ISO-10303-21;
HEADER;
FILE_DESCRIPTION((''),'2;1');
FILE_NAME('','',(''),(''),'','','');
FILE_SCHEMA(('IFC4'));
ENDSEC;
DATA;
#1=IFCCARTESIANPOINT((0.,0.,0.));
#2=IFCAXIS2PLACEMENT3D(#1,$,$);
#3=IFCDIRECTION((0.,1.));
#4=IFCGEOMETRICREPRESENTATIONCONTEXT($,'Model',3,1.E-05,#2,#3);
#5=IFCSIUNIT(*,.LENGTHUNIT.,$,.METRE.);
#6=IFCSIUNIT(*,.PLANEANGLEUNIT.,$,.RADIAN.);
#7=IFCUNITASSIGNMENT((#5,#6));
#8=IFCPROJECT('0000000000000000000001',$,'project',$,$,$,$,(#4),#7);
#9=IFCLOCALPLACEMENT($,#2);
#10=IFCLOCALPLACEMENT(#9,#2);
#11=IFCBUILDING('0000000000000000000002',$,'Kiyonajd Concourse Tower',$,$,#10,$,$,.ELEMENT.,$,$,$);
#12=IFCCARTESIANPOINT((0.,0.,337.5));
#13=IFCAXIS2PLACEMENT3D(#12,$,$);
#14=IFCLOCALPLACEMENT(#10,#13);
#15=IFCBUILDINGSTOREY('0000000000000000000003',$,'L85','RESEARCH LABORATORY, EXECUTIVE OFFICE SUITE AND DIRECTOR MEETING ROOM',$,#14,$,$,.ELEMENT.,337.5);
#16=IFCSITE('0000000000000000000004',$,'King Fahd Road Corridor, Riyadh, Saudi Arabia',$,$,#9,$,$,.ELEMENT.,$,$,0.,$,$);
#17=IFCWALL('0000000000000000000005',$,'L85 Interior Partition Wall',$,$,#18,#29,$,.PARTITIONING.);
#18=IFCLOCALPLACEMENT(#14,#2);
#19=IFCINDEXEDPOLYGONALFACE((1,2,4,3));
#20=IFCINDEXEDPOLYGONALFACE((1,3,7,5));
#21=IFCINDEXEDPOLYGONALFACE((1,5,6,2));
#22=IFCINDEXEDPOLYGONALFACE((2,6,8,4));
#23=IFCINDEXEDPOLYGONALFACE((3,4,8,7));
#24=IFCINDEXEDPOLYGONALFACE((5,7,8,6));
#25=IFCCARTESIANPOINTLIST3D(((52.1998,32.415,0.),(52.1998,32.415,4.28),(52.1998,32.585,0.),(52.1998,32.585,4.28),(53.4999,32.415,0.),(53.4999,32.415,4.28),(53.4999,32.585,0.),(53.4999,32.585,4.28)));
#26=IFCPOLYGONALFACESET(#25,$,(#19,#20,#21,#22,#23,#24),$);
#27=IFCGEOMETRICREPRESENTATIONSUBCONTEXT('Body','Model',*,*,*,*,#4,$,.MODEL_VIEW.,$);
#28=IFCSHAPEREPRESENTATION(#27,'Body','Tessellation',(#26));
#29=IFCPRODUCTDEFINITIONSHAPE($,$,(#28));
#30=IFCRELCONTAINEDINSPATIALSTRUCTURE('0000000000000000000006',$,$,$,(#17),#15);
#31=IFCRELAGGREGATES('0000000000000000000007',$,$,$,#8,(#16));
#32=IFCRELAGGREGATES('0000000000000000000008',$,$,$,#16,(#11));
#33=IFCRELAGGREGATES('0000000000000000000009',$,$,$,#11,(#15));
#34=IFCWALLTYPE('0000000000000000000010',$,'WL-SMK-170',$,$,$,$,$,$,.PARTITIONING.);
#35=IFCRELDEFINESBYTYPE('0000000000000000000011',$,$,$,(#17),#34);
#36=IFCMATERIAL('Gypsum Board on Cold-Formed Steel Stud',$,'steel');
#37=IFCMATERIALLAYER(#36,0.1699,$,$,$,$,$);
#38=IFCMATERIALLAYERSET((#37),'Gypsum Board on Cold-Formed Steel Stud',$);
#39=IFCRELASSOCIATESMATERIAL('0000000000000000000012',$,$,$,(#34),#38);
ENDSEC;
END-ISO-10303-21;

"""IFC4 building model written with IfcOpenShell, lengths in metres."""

from ifc_helpers import new_model, si_unit, direction, frame, frame_2d, origin, place, context, subcontext, project, spatial, rectangle, extrude, material, layer, layer_set, type_object, element, save


model = new_model("IFC4")

# Units and contexts
model_context = context("Model", 3, precision=1e-05, world=origin(), true_north=direction((0.0, 1.0)))
body_context = subcontext(model_context, "Body", "Model", "MODEL_VIEW")
ifc_project = project(units=[si_unit("LENGTHUNIT", "METRE"), si_unit("PLANEANGLEUNIT", "RADIAN")], contexts=[model_context])

# Site, building, storey
site_placement = place(None, origin())
site = spatial("IfcSite", under=ifc_project, at=site_placement, Name="King Fahd Road Corridor, Riyadh, Saudi Arabia", CompositionType="ELEMENT", RefElevation=0.0)
building_placement = place(site_placement, origin())
building = spatial("IfcBuilding", under=site, at=building_placement, Name="Kiyonajd Concourse Tower", CompositionType="ELEMENT")
storey_placement = place(building_placement, frame((0.0, 0.0, 337.5)))
storey = spatial("IfcBuildingStorey", under=building, at=storey_placement, Name="L85", Description="RESEARCH LABORATORY, EXECUTIVE OFFICE SUITE AND DIRECTOR MEETING ROOM", CompositionType="ELEMENT", Elevation=337.5)

# Shared definitions
ifc_material_1 = material(Name="Gypsum Board on Cold-Formed Steel Stud", Category="steel")

# Wall
ifc_layer_1 = layer(ifc_material_1, 0.1699)
ifc_layer_set_1 = layer_set([ifc_layer_1], Name="Gypsum Board on Cold-Formed Steel Stud")
wall_type_1 = type_object("IfcWallType", Name="WL-SMK-170", PredefinedType="PARTITIONING", material=ifc_layer_set_1)
wall_1_placement = place(storey_placement, frame((52.2, 32.5, 0.0), z_axis=(0.0, 0.0, 1.0), x_axis=(1.0, 0.0, 0.0)))
element("IfcWall", 1, at=wall_1_placement, inside=storey, type_object=wall_type_1, Name="L85 Interior Partition Wall", PredefinedType="PARTITIONING", context=body_context, shape_type="SweptSolid", body=[
    extrude(rectangle(XDim=1.3, YDim=0.1699, at=frame_2d((0.6499, 0.0))), origin(), (0.0, 0.0, 1.0), 4.28),
])

save(model, "model.ifc")
